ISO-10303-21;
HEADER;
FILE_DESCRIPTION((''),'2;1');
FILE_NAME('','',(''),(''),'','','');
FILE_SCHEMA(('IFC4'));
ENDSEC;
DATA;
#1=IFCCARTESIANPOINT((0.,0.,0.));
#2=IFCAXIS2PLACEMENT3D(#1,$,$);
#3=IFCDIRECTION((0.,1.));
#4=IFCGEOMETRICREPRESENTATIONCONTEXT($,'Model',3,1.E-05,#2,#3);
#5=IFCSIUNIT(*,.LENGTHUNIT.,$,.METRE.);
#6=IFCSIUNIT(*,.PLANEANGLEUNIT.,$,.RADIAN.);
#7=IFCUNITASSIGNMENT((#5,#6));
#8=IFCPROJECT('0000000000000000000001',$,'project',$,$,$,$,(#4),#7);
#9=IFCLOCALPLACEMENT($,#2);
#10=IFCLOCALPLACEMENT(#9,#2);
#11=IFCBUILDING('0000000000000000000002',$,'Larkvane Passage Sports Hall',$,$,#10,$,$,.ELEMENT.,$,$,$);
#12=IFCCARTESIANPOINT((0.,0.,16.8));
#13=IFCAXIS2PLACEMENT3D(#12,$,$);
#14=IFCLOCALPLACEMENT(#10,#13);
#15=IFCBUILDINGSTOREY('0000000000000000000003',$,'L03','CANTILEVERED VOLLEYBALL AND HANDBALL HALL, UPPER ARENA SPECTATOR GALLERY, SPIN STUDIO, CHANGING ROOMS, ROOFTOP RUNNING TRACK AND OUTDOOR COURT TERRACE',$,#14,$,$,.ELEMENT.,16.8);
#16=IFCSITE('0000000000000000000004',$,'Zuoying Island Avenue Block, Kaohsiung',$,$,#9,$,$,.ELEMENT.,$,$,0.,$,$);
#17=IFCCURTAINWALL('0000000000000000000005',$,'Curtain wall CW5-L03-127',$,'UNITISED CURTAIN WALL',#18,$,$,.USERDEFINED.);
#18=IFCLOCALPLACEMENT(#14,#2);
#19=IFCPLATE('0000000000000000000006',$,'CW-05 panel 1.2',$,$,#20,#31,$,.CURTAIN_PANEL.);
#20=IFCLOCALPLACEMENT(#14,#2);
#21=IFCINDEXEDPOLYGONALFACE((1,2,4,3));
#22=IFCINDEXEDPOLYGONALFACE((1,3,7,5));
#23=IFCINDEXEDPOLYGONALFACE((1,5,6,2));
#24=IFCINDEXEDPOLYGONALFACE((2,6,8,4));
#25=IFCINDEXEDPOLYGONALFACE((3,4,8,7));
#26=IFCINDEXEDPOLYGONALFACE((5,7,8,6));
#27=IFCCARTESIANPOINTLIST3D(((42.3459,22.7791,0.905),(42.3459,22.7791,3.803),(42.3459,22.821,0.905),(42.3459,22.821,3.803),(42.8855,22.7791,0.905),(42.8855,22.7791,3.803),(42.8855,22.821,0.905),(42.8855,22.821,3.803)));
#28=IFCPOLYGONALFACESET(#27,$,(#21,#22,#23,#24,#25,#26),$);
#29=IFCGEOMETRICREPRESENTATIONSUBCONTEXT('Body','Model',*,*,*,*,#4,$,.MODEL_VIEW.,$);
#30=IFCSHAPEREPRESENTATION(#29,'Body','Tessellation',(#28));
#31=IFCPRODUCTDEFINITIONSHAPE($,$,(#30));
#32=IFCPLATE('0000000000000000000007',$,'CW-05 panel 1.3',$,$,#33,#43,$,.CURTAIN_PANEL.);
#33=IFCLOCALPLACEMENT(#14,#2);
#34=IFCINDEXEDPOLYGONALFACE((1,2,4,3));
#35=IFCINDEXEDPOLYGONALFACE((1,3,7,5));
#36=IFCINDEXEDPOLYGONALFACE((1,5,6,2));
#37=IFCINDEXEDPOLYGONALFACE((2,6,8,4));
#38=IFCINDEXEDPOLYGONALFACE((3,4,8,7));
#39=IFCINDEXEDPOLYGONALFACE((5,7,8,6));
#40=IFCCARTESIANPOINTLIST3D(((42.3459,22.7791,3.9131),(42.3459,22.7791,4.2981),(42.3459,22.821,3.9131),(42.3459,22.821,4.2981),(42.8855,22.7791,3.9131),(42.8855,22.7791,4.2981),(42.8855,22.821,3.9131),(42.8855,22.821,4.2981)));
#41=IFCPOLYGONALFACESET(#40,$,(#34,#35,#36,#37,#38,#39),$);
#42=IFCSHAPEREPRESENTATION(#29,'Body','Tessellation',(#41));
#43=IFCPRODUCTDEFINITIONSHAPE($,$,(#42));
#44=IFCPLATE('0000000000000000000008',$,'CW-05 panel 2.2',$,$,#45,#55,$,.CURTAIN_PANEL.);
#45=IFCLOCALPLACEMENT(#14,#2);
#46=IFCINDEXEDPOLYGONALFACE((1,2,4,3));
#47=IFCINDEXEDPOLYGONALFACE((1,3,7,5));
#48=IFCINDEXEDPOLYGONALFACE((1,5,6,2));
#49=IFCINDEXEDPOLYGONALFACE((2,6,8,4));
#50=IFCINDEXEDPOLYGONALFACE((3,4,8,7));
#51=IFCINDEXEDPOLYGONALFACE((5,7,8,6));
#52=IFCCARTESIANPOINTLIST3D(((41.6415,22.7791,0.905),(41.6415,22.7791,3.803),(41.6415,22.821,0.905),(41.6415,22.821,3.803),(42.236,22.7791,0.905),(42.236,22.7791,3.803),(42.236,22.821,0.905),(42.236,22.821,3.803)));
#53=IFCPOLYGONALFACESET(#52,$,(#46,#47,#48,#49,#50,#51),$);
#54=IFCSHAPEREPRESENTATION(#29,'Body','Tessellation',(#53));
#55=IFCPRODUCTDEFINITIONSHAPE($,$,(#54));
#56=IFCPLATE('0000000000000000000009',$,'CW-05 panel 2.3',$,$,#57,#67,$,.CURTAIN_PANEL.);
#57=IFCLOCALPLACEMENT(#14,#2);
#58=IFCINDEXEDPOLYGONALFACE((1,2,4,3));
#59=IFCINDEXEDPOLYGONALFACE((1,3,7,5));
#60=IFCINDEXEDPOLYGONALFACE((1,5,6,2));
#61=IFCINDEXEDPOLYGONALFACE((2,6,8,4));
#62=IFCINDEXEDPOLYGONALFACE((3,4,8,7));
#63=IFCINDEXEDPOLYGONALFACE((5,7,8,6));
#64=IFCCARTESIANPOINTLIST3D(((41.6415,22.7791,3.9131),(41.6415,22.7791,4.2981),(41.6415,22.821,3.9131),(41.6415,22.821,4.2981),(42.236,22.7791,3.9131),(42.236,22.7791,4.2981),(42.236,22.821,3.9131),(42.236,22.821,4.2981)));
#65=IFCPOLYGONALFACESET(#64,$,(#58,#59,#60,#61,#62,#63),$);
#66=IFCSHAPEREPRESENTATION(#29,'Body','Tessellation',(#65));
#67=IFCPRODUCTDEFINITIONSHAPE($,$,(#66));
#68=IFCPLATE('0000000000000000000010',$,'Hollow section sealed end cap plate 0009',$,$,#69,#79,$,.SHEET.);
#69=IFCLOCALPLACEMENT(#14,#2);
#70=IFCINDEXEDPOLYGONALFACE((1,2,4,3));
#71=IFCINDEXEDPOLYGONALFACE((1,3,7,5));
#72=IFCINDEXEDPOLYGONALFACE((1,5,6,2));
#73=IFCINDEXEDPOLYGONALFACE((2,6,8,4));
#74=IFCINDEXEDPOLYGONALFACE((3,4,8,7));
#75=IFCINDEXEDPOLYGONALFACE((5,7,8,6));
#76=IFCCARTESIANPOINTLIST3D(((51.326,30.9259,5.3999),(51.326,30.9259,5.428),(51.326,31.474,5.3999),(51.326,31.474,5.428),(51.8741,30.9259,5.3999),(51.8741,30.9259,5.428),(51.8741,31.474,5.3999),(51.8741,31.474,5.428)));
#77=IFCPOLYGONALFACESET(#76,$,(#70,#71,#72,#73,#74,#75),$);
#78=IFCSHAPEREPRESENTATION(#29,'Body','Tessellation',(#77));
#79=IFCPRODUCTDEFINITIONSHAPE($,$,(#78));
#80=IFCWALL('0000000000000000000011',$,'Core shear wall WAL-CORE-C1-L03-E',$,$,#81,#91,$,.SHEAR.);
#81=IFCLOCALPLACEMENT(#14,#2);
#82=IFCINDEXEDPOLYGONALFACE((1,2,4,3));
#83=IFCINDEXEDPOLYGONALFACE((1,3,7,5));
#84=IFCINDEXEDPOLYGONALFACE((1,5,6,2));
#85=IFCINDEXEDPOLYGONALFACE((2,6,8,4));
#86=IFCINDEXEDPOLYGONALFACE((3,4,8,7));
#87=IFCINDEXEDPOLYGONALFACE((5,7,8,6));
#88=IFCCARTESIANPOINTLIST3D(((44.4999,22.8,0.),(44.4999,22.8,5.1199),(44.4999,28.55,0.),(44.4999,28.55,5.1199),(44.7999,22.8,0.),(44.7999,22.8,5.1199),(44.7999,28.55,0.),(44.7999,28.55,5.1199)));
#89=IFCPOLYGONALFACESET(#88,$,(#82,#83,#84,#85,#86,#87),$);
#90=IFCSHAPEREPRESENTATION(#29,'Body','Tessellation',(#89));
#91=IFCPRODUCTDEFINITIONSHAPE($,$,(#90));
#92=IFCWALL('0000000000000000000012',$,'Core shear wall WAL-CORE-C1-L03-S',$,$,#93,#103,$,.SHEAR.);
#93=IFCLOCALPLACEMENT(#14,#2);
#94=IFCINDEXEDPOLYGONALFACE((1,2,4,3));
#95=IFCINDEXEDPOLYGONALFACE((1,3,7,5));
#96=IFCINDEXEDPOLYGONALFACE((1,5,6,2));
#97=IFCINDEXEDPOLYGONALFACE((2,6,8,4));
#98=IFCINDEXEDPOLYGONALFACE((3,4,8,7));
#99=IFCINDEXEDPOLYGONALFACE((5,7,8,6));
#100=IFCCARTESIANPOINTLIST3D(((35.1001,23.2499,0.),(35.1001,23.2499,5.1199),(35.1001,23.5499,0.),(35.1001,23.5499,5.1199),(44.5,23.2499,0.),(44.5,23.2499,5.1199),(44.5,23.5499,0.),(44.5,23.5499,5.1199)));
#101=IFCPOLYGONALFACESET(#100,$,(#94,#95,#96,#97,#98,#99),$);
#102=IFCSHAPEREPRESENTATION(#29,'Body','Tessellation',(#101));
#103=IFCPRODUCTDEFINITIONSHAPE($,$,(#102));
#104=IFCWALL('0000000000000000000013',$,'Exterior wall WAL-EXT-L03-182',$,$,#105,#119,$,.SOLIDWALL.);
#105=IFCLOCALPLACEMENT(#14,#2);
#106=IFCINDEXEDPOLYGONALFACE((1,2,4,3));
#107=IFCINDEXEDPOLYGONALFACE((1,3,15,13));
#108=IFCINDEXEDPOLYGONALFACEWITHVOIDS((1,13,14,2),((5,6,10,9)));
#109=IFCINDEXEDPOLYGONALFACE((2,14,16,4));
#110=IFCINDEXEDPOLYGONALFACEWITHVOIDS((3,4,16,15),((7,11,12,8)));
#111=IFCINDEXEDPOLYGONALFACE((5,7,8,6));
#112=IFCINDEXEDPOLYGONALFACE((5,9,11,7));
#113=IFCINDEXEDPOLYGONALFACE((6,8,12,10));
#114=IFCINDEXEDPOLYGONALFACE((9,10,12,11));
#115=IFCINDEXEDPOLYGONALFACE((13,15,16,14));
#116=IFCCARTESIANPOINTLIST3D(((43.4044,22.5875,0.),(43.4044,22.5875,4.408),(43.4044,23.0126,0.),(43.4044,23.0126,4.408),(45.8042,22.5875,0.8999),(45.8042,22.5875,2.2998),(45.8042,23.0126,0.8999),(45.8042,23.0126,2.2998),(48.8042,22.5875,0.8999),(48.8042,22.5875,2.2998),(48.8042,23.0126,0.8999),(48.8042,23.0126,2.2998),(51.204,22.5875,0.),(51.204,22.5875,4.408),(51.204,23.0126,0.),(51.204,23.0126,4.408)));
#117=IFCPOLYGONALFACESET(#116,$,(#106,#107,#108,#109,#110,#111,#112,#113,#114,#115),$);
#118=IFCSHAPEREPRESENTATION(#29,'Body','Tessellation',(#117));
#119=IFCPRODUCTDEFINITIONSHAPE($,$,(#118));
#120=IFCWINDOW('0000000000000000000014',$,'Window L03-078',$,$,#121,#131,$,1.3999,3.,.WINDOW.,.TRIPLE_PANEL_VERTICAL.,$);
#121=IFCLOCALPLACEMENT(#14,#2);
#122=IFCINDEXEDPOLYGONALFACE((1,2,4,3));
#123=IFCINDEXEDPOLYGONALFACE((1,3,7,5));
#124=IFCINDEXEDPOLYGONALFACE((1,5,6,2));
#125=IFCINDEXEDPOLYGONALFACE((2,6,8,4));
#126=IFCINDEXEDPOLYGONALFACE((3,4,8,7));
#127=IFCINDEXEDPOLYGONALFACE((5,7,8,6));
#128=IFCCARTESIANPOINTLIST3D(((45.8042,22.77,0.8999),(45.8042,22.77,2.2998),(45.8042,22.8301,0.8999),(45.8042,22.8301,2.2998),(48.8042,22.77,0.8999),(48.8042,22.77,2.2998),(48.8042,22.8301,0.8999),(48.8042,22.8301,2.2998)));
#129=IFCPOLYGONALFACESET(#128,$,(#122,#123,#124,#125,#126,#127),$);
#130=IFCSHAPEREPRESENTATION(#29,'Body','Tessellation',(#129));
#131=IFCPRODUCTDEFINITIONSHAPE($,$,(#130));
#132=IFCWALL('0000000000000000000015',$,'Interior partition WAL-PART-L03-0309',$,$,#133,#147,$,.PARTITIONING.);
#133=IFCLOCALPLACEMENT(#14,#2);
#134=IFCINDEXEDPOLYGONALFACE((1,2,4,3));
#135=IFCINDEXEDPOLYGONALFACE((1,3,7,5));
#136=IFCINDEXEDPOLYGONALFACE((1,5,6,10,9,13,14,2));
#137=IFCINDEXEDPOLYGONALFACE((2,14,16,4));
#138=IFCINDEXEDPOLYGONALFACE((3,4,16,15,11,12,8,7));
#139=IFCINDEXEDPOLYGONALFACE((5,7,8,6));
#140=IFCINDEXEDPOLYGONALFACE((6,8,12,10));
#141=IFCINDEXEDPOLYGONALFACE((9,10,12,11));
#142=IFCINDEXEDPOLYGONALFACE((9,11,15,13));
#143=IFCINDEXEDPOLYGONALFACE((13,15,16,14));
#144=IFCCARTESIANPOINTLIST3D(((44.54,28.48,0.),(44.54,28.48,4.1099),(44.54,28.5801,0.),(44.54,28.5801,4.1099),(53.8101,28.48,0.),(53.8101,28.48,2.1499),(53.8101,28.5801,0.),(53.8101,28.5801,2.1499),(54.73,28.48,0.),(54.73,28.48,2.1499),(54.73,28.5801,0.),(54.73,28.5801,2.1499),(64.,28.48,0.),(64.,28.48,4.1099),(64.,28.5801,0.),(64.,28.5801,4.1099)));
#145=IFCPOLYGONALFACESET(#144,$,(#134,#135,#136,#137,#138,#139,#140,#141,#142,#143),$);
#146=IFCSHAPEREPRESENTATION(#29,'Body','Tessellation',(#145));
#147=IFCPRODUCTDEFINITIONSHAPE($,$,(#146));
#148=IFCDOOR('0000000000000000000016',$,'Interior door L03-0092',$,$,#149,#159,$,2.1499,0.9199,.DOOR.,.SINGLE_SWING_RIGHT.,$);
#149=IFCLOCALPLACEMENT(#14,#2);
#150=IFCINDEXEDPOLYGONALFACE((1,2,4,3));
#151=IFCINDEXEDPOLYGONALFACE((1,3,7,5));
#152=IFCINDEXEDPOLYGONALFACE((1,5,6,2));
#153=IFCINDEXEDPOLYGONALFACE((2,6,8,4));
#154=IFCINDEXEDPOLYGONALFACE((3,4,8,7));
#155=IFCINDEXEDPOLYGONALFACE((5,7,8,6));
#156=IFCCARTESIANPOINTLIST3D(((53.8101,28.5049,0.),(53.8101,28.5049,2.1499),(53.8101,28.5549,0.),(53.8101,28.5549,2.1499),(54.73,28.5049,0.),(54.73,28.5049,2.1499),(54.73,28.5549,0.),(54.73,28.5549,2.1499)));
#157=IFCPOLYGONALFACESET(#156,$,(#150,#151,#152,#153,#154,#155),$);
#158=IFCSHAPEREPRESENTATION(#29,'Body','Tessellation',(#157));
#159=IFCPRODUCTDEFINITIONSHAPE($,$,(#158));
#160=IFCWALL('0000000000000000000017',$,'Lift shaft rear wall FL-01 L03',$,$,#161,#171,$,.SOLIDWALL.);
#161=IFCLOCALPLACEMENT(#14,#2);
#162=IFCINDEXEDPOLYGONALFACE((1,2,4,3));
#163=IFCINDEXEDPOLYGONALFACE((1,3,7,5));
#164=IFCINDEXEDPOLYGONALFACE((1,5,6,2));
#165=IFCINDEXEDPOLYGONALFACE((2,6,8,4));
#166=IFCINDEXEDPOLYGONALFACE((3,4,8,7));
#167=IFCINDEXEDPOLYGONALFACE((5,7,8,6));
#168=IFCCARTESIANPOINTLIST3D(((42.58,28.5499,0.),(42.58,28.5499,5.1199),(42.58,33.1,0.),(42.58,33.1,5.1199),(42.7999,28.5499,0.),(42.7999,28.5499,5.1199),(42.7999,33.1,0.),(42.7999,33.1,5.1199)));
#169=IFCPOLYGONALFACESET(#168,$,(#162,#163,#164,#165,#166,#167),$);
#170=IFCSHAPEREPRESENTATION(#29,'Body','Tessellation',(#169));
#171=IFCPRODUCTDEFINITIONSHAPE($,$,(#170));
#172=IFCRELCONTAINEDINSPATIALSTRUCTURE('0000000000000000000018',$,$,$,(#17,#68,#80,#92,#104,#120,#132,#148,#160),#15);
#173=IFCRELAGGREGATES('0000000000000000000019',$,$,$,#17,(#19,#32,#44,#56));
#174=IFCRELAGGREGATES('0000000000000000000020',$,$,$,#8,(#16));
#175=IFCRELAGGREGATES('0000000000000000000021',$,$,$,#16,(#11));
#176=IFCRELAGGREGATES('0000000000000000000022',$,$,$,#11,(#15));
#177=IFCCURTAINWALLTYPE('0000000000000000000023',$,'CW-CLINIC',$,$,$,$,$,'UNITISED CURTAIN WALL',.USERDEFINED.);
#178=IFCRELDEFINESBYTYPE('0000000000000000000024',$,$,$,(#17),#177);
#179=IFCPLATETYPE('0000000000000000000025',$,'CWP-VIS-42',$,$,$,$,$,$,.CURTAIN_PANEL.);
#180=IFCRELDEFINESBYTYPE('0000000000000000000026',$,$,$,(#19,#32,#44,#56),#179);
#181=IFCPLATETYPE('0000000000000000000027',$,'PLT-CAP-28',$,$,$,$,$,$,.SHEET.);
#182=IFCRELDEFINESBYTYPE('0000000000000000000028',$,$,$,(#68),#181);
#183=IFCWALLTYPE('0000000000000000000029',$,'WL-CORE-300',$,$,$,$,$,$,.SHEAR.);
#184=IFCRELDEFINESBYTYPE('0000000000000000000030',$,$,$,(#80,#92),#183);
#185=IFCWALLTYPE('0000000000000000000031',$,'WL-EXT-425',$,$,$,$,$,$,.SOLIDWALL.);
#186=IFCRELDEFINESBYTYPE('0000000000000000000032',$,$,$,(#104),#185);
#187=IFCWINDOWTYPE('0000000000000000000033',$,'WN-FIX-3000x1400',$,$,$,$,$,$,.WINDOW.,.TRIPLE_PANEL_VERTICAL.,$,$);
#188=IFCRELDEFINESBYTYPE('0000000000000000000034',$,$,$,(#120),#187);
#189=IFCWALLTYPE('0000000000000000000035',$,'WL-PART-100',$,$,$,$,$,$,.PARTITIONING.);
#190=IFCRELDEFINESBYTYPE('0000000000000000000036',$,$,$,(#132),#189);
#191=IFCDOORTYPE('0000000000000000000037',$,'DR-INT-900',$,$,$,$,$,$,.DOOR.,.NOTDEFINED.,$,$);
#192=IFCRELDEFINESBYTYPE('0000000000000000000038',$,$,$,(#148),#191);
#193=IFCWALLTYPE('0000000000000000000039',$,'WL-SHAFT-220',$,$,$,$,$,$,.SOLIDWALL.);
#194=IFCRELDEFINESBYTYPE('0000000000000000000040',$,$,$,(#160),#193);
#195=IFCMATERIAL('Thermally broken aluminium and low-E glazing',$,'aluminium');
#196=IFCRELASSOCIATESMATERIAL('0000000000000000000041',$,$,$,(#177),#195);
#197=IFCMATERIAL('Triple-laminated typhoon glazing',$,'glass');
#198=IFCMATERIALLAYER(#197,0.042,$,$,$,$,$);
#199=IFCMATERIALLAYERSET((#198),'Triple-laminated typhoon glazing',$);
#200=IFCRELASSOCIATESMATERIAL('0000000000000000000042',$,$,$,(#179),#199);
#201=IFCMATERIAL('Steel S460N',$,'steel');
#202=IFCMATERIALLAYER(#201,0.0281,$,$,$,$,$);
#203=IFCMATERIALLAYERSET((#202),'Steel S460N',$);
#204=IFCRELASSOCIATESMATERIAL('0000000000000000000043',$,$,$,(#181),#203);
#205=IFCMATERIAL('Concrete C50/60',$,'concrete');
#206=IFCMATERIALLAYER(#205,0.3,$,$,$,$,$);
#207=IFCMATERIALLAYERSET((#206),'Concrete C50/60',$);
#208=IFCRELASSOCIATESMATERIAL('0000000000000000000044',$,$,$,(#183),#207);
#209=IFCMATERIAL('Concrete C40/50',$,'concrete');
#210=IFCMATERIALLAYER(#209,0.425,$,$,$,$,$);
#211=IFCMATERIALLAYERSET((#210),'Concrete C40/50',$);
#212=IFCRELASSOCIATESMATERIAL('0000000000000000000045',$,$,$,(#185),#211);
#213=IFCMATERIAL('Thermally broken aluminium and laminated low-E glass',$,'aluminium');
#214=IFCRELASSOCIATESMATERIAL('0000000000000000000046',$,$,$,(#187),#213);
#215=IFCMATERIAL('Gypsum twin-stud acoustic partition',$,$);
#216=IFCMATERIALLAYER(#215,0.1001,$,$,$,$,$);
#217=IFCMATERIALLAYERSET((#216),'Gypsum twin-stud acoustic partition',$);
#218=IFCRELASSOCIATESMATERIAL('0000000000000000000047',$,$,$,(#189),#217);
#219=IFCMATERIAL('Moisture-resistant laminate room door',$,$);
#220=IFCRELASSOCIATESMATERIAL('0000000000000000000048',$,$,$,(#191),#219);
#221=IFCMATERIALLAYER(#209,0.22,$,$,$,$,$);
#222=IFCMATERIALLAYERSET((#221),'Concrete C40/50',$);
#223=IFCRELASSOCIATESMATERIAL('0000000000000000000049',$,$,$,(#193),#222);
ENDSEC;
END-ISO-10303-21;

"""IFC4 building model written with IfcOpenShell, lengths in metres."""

from ifc_helpers import new_model, si_unit, direction, frame, frame_2d, origin, origin_2d, place, context, subcontext, project, spatial, rectangle, extrude, material, layer, layer_set, type_object, element, fill, aggregate, save


model = new_model("IFC4")

# Units and contexts
model_context = context("Model", 3, precision=1e-05, world=origin(), true_north=direction((0.0, 1.0)))
body_context = subcontext(model_context, "Body", "Model", "MODEL_VIEW")
ifc_project = project(units=[si_unit("LENGTHUNIT", "METRE"), si_unit("PLANEANGLEUNIT", "RADIAN")], contexts=[model_context])

# Site, building, storey
site_placement = place(None, origin())
site = spatial("IfcSite", under=ifc_project, at=site_placement, Name="Zuoying Island Avenue Block, Kaohsiung", CompositionType="ELEMENT", RefElevation=0.0)
building_placement = place(site_placement, origin())
building = spatial("IfcBuilding", under=site, at=building_placement, Name="Larkvane Passage Sports Hall", CompositionType="ELEMENT")
storey_placement = place(building_placement, frame((0.0, 0.0, 16.8)))
storey = spatial("IfcBuildingStorey", under=building, at=storey_placement, Name="L03", Description="CANTILEVERED VOLLEYBALL AND HANDBALL HALL, UPPER ARENA SPECTATOR GALLERY, SPIN STUDIO, CHANGING ROOMS, ROOFTOP RUNNING TRACK AND OUTDOOR COURT TERRACE", CompositionType="ELEMENT", Elevation=16.8)

# Shared definitions
ifc_material_1 = material(Name="Concrete C50/60", Category="concrete")
ifc_material_2 = material(Name="Steel S460N", Category="steel")

# Curtain wall
ifc_material_3 = material(Name="Thermally broken aluminium and low-E glazing", Category="aluminium")
curtain_wall_type = type_object("IfcCurtainWallType", Name="CW-CLINIC", ElementType="UNITISED CURTAIN WALL", PredefinedType="USERDEFINED", material=ifc_material_3)
curtain_wall_placement = place(storey_placement, origin())
curtain_wall = element("IfcCurtainWall", 1, at=curtain_wall_placement, inside=storey, type_object=curtain_wall_type, Name="Curtain wall CW5-L03-127", ObjectType="UNITISED CURTAIN WALL", PredefinedType="USERDEFINED")

# Plates
ifc_material_4 = material(Name="Triple-laminated typhoon glazing", Category="glass")
ifc_layer_1 = layer(ifc_material_4, 0.042)
ifc_layer_set_1 = layer_set([ifc_layer_1], Name="Triple-laminated typhoon glazing")
plate_type_1 = type_object("IfcPlateType", Name="CWP-VIS-42", PredefinedType="CURTAIN_PANEL", material=ifc_layer_set_1)
plate_1_placement = place(storey_placement, frame((42.6157, 22.8, 0.905), z_axis=(0.0, 0.0, 1.0), x_axis=(-1.0, 0.0, 0.0)))
plate_1 = element("IfcPlate", 2, at=plate_1_placement, type_object=plate_type_1, Name="CW-05 panel 1.2", PredefinedType="CURTAIN_PANEL", context=body_context, shape_type="SweptSolid", body=[
    extrude(rectangle(XDim=0.5396, YDim=0.042, at=origin_2d()), origin(), (0.0, 0.0, 1.0), 2.8979),
])
plate_2_placement = place(storey_placement, frame((42.6157, 22.8, 3.9131), z_axis=(0.0, 0.0, 1.0), x_axis=(-1.0, 0.0, 0.0)))
plate_2 = element("IfcPlate", 3, at=plate_2_placement, type_object=plate_type_1, Name="CW-05 panel 1.3", PredefinedType="CURTAIN_PANEL", context=body_context, shape_type="SweptSolid", body=[
    extrude(rectangle(XDim=0.5396, YDim=0.042, at=origin_2d()), origin(), (0.0, 0.0, 1.0), 0.385),
])
plate_3_placement = place(storey_placement, frame((41.9387, 22.8, 0.905), z_axis=(0.0, 0.0, 1.0), x_axis=(-1.0, 0.0, 0.0)))
plate_3 = element("IfcPlate", 4, at=plate_3_placement, type_object=plate_type_1, Name="CW-05 panel 2.2", PredefinedType="CURTAIN_PANEL", context=body_context, shape_type="SweptSolid", body=[
    extrude(rectangle(XDim=0.5945, YDim=0.042, at=origin_2d()), origin(), (0.0, 0.0, 1.0), 2.8979),
])
plate_4_placement = place(storey_placement, frame((41.9387, 22.8, 3.9131), z_axis=(0.0, 0.0, 1.0), x_axis=(-1.0, 0.0, 0.0)))
plate_4 = element("IfcPlate", 5, at=plate_4_placement, type_object=plate_type_1, Name="CW-05 panel 2.3", PredefinedType="CURTAIN_PANEL", context=body_context, shape_type="SweptSolid", body=[
    extrude(rectangle(XDim=0.5945, YDim=0.042, at=origin_2d()), origin(), (0.0, 0.0, 1.0), 0.385),
])
aggregate(curtain_wall, [plate_1, plate_2, plate_3, plate_4])
ifc_layer_2 = layer(ifc_material_2, 0.0281)
ifc_layer_set_2 = layer_set([ifc_layer_2], Name="Steel S460N")
plate_type_2 = type_object("IfcPlateType", Name="PLT-CAP-28", PredefinedType="SHEET", material=ifc_layer_set_2)
plate_5_placement = place(storey_placement, frame((51.6001, 31.2, 5.3999), z_axis=(0.0, 0.0, 1.0), x_axis=(1.0, 0.0, 0.0)))
element("IfcPlate", 6, at=plate_5_placement, inside=storey, type_object=plate_type_2, Name="Hollow section sealed end cap plate 0009", PredefinedType="SHEET", context=body_context, shape_type="SweptSolid", body=[
    extrude(rectangle(XDim=0.5481, YDim=0.5481, at=origin_2d()), origin(), (0.0, 0.0, 1.0), 0.0281),
])

# Walls
ifc_layer_3 = layer(ifc_material_1, 0.3)
ifc_layer_set_3 = layer_set([ifc_layer_3], Name="Concrete C50/60")
wall_type_1 = type_object("IfcWallType", Name="WL-CORE-300", PredefinedType="SHEAR", material=ifc_layer_set_3)
wall_1_placement = place(storey_placement, frame((44.6499, 28.55, 0.0), z_axis=(0.0, 0.0, 1.0), x_axis=(0.0, -1.0, 0.0)))
element("IfcWall", 7, at=wall_1_placement, inside=storey, type_object=wall_type_1, Name="Core shear wall WAL-CORE-C1-L03-E", PredefinedType="SHEAR", context=body_context, shape_type="SweptSolid", body=[
    extrude(rectangle(XDim=5.75, YDim=0.3, at=frame_2d((2.875, 0.0))), origin(), (0.0, 0.0, 1.0), 5.1199),
])
wall_2_placement = place(storey_placement, frame((44.5, 23.3999, 0.0), z_axis=(0.0, 0.0, 1.0), x_axis=(-1.0, 0.0, 0.0)))
element("IfcWall", 8, at=wall_2_placement, inside=storey, type_object=wall_type_1, Name="Core shear wall WAL-CORE-C1-L03-S", PredefinedType="SHEAR", context=body_context, shape_type="SweptSolid", body=[
    extrude(rectangle(XDim=9.3999, YDim=0.3, at=frame_2d((4.7, 0.0))), origin(), (0.0, 0.0, 1.0), 5.1199),
])

# Wall, opening, window
ifc_material_5 = material(Name="Concrete C40/50", Category="concrete")
ifc_layer_4 = layer(ifc_material_5, 0.425)
ifc_layer_set_4 = layer_set([ifc_layer_4], Name="Concrete C40/50")
wall_type_2 = type_object("IfcWallType", Name="WL-EXT-425", PredefinedType="SOLIDWALL", material=ifc_layer_set_4)
wall_3_placement = place(storey_placement, frame((51.2041, 22.8, 0.0), z_axis=(0.0, 0.0, 1.0), x_axis=(-1.0, 0.0, 0.0)))
wall_3 = element("IfcWall", 9, at=wall_3_placement, inside=storey, type_object=wall_type_2, Name="Exterior wall WAL-EXT-L03-182", PredefinedType="SOLIDWALL", context=body_context, shape_type="SweptSolid", body=[
    extrude(rectangle(XDim=7.7996, YDim=0.425, at=frame_2d((3.8999, 0.0))), origin(), (0.0, 0.0, 1.0), 4.408),
])
opening_1_placement = place(wall_3_placement, frame((2.3999, 0.0, 0.8999)))
opening_1 = element("IfcOpeningElement", 10, at=opening_1_placement, cuts=wall_3, PredefinedType="OPENING", context=body_context, shape_type="SweptSolid", body=[
    extrude(rectangle(XDim=3.0, YDim=1.3999, at=frame_2d((1.5, 0.7))), frame((0.0, 0.2224, 0.0), z_axis=(0.0, -1.0, 0.0), x_axis=(1.0, 0.0, 0.0)), (0.0, 0.0, 1.0), 0.4451),
])
ifc_material_6 = material(Name="Thermally broken aluminium and laminated low-E glass", Category="aluminium")
window_type = type_object("IfcWindowType", Name="WN-FIX-3000x1400", PartitioningType="TRIPLE_PANEL_VERTICAL", PredefinedType="WINDOW", material=ifc_material_6)
window_placement = place(opening_1_placement, origin())
window = element("IfcWindow", 11, at=window_placement, inside=storey, type_object=window_type, Name="Window L03-078", OverallHeight=1.3999, OverallWidth=3.0, PartitioningType="TRIPLE_PANEL_VERTICAL", PredefinedType="WINDOW", context=body_context, shape_type="SweptSolid", body=[
    extrude(rectangle(XDim=3.0, YDim=1.3999, at=frame_2d((1.5, 0.7))), frame((0.0, 0.03, 0.0), z_axis=(0.0, -1.0, 0.0), x_axis=(1.0, 0.0, 0.0)), (0.0, 0.0, 1.0), 0.0601),
])
fill(opening_1, window)

# Wall, opening, door
ifc_material_7 = material(Name="Gypsum twin-stud acoustic partition")
ifc_layer_5 = layer(ifc_material_7, 0.1001)
ifc_layer_set_5 = layer_set([ifc_layer_5], Name="Gypsum twin-stud acoustic partition")
wall_type_3 = type_object("IfcWallType", Name="WL-PART-100", PredefinedType="PARTITIONING", material=ifc_layer_set_5)
wall_4_placement = place(storey_placement, frame((44.54, 28.53, 0.0), z_axis=(0.0, 0.0, 1.0), x_axis=(1.0, 0.0, 0.0)))
wall_4 = element("IfcWall", 12, at=wall_4_placement, inside=storey, type_object=wall_type_3, Name="Interior partition WAL-PART-L03-0309", PredefinedType="PARTITIONING", context=body_context, shape_type="SweptSolid", body=[
    extrude(rectangle(XDim=19.46, YDim=0.1001, at=frame_2d((9.73, 0.0))), origin(), (0.0, 0.0, 1.0), 4.1099),
])
opening_2_placement = place(wall_4_placement, frame((9.27, 0.0, 0.0)))
opening_2 = element("IfcOpeningElement", 13, at=opening_2_placement, cuts=wall_4, PredefinedType="OPENING", context=body_context, shape_type="SweptSolid", body=[
    extrude(rectangle(XDim=0.9199, YDim=2.1499, at=frame_2d((0.46, 1.075))), frame((0.0, 0.0601, 0.0), z_axis=(0.0, -1.0, 0.0), x_axis=(1.0, 0.0, 0.0)), (0.0, 0.0, 1.0), 0.1201),
])
ifc_material_8 = material(Name="Moisture-resistant laminate room door")
door_type = type_object("IfcDoorType", Name="DR-INT-900", OperationType="NOTDEFINED", PredefinedType="DOOR", material=ifc_material_8)
door_placement = place(opening_2_placement, origin())
door = element("IfcDoor", 14, at=door_placement, inside=storey, type_object=door_type, Name="Interior door L03-0092", OperationType="SINGLE_SWING_RIGHT", OverallHeight=2.1499, OverallWidth=0.9199, PredefinedType="DOOR", context=body_context, shape_type="SweptSolid", body=[
    extrude(rectangle(XDim=0.9199, YDim=2.1499, at=frame_2d((0.46, 1.075))), frame((0.0, 0.0249, 0.0), z_axis=(0.0, -1.0, 0.0), x_axis=(1.0, 0.0, 0.0)), (0.0, 0.0, 1.0), 0.05),
])
fill(opening_2, door)

# Wall
ifc_layer_6 = layer(ifc_material_5, 0.22)
ifc_layer_set_6 = layer_set([ifc_layer_6], Name="Concrete C40/50")
wall_type_4 = type_object("IfcWallType", Name="WL-SHAFT-220", PredefinedType="SOLIDWALL", material=ifc_layer_set_6)
wall_5_placement = place(storey_placement, frame((42.6899, 28.55, 0.0), z_axis=(0.0, 0.0, 1.0), x_axis=(0.0, 1.0, 0.0)))
element("IfcWall", 15, at=wall_5_placement, inside=storey, type_object=wall_type_4, Name="Lift shaft rear wall FL-01 L03", PredefinedType="SOLIDWALL", context=body_context, shape_type="SweptSolid", body=[
    extrude(rectangle(XDim=4.55, YDim=0.22, at=frame_2d((2.2749, 0.0))), origin(), (0.0, 0.0, 1.0), 5.1199),
])

save(model, "model.ifc")
